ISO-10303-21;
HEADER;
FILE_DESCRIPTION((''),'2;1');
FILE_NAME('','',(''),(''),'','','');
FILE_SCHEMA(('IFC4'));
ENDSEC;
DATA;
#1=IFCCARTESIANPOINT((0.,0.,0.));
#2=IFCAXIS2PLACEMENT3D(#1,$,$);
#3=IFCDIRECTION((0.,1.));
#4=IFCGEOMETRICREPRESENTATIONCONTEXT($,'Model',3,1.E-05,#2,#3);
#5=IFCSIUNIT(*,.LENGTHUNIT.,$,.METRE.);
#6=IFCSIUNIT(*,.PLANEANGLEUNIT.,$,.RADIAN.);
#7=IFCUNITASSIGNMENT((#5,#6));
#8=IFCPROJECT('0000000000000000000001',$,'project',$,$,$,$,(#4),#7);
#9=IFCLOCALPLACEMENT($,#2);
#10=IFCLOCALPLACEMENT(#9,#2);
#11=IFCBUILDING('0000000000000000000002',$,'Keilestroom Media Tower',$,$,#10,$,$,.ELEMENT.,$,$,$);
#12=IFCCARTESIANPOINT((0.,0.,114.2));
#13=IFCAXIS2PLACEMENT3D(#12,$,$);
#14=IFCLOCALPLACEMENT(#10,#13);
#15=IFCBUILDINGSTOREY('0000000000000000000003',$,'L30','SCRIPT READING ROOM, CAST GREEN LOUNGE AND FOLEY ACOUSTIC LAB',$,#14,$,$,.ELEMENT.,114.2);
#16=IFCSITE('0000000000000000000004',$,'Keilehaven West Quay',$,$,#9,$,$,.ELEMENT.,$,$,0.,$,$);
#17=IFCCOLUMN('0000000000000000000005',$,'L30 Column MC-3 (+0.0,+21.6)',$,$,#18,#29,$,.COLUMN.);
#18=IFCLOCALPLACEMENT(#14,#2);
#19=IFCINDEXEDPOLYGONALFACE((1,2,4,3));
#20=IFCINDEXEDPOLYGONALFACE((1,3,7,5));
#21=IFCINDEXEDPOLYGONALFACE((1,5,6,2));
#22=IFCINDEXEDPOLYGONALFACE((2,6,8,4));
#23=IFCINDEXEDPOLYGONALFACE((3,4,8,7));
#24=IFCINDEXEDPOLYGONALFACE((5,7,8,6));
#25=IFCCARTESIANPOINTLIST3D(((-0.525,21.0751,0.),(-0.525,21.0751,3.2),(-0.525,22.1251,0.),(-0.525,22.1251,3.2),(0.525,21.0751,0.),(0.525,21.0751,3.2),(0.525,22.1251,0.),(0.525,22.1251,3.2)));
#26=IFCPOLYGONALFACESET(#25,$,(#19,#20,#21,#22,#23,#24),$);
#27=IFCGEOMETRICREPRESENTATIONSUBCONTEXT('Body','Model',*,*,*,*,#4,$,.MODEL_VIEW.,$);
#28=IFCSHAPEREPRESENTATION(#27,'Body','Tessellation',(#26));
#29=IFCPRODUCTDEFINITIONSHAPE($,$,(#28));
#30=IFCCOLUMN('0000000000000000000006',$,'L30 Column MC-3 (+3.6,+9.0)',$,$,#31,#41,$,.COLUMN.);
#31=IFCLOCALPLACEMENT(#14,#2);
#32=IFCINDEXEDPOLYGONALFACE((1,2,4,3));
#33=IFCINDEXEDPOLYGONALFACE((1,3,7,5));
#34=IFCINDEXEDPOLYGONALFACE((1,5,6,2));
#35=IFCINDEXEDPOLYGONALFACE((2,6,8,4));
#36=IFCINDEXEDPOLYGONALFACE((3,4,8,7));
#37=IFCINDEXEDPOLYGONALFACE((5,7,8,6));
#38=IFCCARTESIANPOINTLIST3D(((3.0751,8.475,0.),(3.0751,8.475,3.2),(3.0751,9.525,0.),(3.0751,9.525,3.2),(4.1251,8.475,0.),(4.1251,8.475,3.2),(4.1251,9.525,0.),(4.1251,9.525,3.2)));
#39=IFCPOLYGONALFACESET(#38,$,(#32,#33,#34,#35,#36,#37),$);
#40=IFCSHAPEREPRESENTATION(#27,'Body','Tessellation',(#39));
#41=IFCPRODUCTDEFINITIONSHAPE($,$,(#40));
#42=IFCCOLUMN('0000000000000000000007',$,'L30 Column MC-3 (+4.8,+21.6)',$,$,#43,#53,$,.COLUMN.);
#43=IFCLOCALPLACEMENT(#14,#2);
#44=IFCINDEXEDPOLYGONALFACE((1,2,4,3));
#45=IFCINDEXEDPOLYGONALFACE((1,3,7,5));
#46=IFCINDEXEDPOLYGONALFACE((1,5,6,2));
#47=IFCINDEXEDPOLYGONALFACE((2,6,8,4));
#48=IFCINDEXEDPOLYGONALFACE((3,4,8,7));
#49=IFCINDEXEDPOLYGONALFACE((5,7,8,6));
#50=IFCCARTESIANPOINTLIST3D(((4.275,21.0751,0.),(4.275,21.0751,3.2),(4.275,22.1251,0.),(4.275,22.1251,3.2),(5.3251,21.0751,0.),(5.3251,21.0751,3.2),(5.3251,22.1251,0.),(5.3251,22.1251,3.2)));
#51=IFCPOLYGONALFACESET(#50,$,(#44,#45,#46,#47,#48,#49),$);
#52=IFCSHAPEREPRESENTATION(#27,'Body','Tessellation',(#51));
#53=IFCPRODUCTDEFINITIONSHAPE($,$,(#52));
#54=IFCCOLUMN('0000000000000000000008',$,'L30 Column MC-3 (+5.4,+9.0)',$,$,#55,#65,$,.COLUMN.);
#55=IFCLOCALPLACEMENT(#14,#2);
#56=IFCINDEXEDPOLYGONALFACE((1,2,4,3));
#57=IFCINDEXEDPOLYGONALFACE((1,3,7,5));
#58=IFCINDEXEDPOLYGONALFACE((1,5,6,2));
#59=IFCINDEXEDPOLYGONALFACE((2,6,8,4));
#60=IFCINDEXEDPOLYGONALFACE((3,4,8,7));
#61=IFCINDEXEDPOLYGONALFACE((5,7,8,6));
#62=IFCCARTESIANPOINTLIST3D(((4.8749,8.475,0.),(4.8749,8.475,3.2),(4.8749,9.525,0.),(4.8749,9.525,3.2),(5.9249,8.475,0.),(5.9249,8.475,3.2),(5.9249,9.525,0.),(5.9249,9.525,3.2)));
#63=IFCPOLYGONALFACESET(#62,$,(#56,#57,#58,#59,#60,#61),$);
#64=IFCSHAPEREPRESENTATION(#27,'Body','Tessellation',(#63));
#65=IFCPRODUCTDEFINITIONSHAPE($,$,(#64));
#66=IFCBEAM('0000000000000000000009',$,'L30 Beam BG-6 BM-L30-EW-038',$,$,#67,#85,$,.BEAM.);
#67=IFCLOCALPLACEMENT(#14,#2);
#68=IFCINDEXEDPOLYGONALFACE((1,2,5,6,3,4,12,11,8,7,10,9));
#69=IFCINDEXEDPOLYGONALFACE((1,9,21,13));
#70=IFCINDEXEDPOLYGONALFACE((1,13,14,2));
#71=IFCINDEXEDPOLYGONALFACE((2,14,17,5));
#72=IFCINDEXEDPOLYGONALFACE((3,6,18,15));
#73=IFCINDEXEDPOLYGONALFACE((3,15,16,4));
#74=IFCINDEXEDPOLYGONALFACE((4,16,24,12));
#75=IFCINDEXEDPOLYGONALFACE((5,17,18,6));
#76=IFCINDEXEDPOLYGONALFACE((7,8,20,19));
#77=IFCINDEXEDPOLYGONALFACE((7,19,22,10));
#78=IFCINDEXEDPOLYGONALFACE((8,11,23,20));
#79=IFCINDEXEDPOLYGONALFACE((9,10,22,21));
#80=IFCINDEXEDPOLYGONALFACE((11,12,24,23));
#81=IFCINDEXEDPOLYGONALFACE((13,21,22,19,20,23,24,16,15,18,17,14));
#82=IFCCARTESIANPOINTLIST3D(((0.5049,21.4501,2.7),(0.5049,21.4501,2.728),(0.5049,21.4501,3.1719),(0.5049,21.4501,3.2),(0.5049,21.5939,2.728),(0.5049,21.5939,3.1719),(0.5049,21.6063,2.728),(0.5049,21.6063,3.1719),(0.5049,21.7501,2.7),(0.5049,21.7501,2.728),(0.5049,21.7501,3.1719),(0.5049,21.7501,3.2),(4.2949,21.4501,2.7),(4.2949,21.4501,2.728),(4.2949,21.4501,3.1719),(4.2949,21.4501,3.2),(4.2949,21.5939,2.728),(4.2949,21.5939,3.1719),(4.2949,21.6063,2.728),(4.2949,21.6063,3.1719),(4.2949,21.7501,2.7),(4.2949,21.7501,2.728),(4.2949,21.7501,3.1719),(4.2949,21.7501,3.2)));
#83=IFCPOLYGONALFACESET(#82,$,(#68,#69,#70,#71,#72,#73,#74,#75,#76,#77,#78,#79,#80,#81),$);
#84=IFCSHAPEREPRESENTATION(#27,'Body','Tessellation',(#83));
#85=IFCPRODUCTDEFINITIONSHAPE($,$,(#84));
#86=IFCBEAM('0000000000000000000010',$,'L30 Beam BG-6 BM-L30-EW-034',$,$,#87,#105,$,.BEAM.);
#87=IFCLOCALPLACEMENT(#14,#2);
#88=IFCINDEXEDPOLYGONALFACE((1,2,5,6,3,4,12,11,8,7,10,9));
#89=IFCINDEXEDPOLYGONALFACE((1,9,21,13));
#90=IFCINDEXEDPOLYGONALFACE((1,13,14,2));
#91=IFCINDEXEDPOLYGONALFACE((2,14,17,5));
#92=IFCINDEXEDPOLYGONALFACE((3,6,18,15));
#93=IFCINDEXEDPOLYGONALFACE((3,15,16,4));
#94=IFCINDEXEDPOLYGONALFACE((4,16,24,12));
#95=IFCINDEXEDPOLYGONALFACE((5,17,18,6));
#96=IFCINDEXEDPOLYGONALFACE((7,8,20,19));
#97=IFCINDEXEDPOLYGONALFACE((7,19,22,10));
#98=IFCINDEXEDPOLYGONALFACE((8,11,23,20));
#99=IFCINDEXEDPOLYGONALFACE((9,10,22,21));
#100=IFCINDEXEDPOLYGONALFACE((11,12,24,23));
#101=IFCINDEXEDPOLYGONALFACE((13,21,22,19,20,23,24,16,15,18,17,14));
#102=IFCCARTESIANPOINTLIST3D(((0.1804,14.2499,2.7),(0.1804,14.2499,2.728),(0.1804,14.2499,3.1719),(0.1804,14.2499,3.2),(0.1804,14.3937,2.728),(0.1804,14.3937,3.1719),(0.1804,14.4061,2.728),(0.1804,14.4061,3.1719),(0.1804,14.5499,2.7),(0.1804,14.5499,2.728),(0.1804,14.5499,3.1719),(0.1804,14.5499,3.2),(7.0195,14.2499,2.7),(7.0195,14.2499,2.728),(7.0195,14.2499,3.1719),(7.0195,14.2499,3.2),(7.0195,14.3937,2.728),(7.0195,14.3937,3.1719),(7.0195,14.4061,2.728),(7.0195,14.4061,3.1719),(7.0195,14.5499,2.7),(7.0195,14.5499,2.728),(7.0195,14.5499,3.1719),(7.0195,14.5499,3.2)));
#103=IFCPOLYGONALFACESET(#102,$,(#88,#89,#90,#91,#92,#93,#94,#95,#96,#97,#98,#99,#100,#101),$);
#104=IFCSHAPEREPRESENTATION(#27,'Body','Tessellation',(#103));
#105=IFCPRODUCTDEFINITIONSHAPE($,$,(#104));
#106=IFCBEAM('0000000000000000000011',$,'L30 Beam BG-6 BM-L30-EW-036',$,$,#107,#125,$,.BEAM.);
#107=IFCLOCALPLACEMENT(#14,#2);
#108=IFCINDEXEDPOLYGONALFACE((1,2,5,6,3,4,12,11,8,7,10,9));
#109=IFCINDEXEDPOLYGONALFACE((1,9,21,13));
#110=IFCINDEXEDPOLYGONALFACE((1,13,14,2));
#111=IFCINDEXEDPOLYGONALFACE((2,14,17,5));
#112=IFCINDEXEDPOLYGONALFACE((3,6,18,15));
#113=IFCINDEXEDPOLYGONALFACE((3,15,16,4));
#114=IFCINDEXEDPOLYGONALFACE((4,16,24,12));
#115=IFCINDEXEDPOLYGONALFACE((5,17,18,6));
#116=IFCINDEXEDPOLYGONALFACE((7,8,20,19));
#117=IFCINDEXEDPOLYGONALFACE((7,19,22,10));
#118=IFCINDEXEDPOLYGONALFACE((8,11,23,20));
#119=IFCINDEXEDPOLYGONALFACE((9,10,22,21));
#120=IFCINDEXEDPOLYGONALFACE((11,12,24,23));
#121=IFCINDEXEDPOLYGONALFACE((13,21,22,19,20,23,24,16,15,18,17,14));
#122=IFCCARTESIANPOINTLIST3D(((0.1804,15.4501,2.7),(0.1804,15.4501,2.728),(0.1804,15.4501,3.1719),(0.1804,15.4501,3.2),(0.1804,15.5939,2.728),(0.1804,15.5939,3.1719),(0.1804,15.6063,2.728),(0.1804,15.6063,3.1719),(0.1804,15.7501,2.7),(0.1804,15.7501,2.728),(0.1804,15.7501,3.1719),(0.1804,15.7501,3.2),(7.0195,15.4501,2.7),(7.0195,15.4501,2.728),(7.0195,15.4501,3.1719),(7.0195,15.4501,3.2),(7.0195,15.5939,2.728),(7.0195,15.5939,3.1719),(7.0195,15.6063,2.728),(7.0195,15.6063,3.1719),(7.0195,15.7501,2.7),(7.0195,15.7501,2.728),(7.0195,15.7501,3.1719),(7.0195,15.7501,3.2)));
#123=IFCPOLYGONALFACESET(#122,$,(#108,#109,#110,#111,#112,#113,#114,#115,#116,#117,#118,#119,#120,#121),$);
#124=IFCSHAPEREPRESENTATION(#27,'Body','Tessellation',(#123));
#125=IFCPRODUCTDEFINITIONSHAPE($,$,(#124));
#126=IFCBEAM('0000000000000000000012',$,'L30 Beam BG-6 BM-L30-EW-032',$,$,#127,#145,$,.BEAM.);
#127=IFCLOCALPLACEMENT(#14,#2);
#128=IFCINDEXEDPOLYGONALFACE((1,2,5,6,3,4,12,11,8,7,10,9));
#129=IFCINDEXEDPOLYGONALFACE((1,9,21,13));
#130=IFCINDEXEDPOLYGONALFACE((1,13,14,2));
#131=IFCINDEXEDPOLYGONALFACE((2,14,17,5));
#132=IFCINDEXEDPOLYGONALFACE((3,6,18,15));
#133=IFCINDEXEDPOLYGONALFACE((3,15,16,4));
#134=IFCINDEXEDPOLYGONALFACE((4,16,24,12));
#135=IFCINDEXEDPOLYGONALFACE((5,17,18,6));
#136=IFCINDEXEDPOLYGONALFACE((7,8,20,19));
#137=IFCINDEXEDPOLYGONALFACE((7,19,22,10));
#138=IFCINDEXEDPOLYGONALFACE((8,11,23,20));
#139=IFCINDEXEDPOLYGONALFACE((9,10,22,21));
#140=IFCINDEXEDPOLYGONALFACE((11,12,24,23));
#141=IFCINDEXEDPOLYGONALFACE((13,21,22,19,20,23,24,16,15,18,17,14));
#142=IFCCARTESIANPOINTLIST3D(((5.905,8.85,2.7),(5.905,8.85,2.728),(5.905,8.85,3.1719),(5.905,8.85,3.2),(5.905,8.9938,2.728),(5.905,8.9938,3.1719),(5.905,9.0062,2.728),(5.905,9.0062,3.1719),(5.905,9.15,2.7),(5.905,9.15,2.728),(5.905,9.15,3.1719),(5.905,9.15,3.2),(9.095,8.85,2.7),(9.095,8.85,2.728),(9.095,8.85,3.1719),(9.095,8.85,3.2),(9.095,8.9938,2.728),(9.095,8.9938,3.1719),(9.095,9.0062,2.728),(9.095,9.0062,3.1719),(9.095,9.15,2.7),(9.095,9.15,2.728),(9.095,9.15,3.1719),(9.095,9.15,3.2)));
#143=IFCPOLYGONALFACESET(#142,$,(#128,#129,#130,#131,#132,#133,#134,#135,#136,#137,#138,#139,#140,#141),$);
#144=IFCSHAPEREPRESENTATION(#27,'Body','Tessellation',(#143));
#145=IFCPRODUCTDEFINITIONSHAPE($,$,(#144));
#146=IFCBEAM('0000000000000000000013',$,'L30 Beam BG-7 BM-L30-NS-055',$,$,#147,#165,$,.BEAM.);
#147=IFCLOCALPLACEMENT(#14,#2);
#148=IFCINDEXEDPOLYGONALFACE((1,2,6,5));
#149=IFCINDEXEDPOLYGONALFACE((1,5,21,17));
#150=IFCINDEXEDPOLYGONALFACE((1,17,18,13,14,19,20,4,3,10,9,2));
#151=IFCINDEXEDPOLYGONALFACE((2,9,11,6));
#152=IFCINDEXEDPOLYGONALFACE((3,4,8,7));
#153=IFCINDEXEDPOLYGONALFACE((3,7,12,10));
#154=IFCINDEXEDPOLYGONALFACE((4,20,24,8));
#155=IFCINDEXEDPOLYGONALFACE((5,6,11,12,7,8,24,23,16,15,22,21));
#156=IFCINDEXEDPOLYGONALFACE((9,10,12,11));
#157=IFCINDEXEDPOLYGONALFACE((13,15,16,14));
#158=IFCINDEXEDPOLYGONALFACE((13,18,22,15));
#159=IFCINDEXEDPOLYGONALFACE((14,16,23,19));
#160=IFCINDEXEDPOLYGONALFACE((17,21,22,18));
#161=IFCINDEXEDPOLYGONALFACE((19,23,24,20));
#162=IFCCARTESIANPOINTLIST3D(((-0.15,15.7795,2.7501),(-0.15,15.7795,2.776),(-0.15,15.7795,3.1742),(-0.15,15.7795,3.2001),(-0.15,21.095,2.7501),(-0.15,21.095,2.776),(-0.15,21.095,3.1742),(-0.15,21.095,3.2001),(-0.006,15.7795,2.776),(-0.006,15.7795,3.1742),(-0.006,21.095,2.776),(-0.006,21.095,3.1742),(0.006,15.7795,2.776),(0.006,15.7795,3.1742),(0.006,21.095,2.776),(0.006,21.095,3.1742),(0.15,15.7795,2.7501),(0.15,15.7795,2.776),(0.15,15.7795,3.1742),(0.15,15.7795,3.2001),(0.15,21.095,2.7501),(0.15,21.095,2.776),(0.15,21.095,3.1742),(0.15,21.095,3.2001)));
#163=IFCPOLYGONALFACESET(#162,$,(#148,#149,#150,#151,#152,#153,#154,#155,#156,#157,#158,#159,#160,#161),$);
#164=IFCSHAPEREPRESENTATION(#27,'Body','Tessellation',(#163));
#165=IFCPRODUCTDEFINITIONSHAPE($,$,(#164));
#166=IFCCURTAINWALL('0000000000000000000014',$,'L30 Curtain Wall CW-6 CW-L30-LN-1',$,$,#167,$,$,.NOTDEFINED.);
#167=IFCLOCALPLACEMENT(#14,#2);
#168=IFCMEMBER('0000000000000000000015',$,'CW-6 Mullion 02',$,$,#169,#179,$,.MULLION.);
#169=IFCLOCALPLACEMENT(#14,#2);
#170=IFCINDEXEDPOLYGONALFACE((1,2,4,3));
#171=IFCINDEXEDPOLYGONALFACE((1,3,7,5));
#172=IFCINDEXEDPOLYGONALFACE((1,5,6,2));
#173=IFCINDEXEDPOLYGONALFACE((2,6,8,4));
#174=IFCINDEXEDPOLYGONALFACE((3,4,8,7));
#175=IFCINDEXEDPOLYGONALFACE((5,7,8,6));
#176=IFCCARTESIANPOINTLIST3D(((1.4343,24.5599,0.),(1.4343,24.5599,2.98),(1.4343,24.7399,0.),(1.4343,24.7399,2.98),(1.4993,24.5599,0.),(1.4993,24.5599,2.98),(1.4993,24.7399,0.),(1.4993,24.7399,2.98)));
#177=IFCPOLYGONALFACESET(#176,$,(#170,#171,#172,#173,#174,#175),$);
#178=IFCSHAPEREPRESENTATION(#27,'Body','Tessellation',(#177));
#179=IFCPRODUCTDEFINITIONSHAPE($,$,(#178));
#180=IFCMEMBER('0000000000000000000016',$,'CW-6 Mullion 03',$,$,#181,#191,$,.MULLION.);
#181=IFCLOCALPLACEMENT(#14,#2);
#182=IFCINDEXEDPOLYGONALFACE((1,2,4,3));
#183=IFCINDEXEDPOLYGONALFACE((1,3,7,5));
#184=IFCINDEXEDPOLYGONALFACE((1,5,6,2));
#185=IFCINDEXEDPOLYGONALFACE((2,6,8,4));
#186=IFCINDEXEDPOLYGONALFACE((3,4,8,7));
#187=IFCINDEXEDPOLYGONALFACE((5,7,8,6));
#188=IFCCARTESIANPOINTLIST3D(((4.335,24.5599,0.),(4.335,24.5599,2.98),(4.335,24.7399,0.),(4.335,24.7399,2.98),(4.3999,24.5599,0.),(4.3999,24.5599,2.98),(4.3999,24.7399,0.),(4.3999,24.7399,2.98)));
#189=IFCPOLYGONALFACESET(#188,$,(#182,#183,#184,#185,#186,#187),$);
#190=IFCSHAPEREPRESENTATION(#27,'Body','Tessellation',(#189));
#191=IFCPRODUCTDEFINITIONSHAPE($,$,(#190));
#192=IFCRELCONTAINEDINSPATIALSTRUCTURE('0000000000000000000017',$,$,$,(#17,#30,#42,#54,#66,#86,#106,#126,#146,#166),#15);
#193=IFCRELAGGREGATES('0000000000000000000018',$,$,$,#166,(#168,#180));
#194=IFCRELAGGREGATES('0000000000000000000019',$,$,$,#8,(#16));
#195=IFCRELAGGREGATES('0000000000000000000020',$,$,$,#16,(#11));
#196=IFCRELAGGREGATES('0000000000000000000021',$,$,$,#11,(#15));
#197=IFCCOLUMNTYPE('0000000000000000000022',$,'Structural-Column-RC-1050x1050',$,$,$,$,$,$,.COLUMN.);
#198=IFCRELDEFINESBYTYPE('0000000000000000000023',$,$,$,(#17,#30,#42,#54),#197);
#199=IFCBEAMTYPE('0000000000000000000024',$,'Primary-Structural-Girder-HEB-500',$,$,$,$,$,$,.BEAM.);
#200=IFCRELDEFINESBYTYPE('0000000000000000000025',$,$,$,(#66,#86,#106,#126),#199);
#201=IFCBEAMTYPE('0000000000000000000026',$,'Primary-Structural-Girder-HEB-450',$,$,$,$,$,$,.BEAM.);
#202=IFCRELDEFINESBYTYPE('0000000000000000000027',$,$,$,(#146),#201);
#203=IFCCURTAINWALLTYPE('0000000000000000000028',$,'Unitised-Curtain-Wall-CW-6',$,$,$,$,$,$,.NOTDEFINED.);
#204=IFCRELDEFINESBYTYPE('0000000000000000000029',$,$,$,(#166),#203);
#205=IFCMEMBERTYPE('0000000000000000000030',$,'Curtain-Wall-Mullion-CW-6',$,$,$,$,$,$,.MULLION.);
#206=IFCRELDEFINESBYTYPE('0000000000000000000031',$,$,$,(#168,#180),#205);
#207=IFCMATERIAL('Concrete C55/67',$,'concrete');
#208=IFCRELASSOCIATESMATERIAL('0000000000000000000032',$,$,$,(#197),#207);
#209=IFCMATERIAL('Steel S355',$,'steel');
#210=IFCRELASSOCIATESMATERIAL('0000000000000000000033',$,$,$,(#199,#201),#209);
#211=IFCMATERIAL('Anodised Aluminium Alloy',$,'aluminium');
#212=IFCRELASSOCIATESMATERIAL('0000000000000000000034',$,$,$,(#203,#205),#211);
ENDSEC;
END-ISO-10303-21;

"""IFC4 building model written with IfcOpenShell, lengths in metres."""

from ifc_helpers import new_model, si_unit, direction, frame, origin, origin_2d, place, context, subcontext, project, spatial, rectangle, i_section, extrude, source, transform, mapped, material, material_profile, profile_set, type_object, element, aggregate, save


model = new_model("IFC4")

# Units and contexts
model_context = context("Model", 3, precision=1e-05, world=origin(), true_north=direction((0.0, 1.0)))
body_context = subcontext(model_context, "Body", "Model", "MODEL_VIEW")
ifc_project = project(units=[si_unit("LENGTHUNIT", "METRE"), si_unit("PLANEANGLEUNIT", "RADIAN")], contexts=[model_context])

# Site, building, storey
site_placement = place(None, origin())
site = spatial("IfcSite", under=ifc_project, at=site_placement, Name="Keilehaven West Quay", CompositionType="ELEMENT", RefElevation=0.0)
building_placement = place(site_placement, origin())
building = spatial("IfcBuilding", under=site, at=building_placement, Name="Keilestroom Media Tower", CompositionType="ELEMENT")
storey_placement = place(building_placement, frame((0.0, 0.0, 114.2)))
storey = spatial("IfcBuildingStorey", under=building, at=storey_placement, Name="L30", Description="SCRIPT READING ROOM, CAST GREEN LOUNGE AND FOLEY ACOUSTIC LAB", CompositionType="ELEMENT", Elevation=114.2)

# Columns
ifc_material_1 = material(Name="Concrete C55/67", Category="concrete")
ifc_material_profile_1 = material_profile(ifc_material_1, rectangle(XDim=1.05, YDim=1.05, at=origin_2d()), Name="RC 1050x1050")
ifc_profile_set_1 = profile_set([ifc_material_profile_1], Name="Concrete C55/67")
column_type = type_object("IfcColumnType", Name="Structural-Column-RC-1050x1050", PredefinedType="COLUMN", material=ifc_profile_set_1)
shared_shape_1 = source(origin(), body_context, "Body", "SweptSolid", [
    extrude(rectangle(XDim=1.05, YDim=1.05, at=origin_2d()), origin(), (0.0, 0.0, 1.0), 3.2),
])
for number, where, z_axis, x_axis, name in (
    (1, (0.0, 21.6001, 0.0), (0.0, 0.0, 1.0), (1.0, 0.0, 0.0), "L30 Column MC-3 (+0.0,+21.6)"),
    (2, (3.6001, 9.0, 0.0), (0.0, 0.0, 1.0), (1.0, 0.0, 0.0), "L30 Column MC-3 (+3.6,+9.0)"),
    (3, (4.8, 21.6001, 0.0), (0.0, 0.0, 1.0), (1.0, 0.0, 0.0), "L30 Column MC-3 (+4.8,+21.6)"),
    (4, (5.3999, 9.0, 0.0), (0.0, 0.0, 1.0), (1.0, 0.0, 0.0), "L30 Column MC-3 (+5.4,+9.0)"),
):
    element("IfcColumn", number, at=place(storey_placement, frame(where, z_axis=z_axis, x_axis=x_axis)), inside=storey, type_object=column_type, Name=name, PredefinedType="COLUMN", context=body_context, shape_type="MappedRepresentation", body=[
        mapped(shared_shape_1, transform((0.0, 0.0, 0.0), x_axis=(1.0, 0.0, 0.0), y_axis=(0.0, 1.0, 0.0), z_axis=(0.0, 0.0, 1.0), scale=1.0)),
    ])

# Beams
ifc_material_2 = material(Name="Steel S355", Category="steel")
ifc_material_profile_2 = material_profile(ifc_material_2, i_section(OverallWidth=0.3, OverallDepth=0.5, WebThickness=0.0125, FlangeThickness=0.0281, at=origin_2d()), Name="HEB 500")
ifc_profile_set_2 = profile_set([ifc_material_profile_2], Name="Steel S355")
beam_type_1 = type_object("IfcBeamType", Name="Primary-Structural-Girder-HEB-500", PredefinedType="BEAM", material=ifc_profile_set_2)
shared_shape_2 = source(origin(), body_context, "Body", "SweptSolid", [
    extrude(i_section(OverallWidth=0.3, OverallDepth=0.5, WebThickness=0.0125, FlangeThickness=0.0281, at=origin_2d()), origin(), (0.0, 0.0, 1.0), 3.79),
])
beam_1_placement = place(storey_placement, frame((0.5049, 21.6001, 2.95), z_axis=(1.0, 0.0, 0.0), x_axis=(0.0, 1.0, 0.0)))
element("IfcBeam", 5, at=beam_1_placement, inside=storey, type_object=beam_type_1, Name="L30 Beam BG-6 BM-L30-EW-038", PredefinedType="BEAM", context=body_context, shape_type="MappedRepresentation", body=[
    mapped(shared_shape_2, transform((0.0, 0.0, 0.0), x_axis=(1.0, 0.0, 0.0), y_axis=(0.0, 1.0, 0.0), z_axis=(0.0, 0.0, 1.0), scale=1.0)),
])
shared_shape_3 = source(origin(), body_context, "Body", "SweptSolid", [
    extrude(i_section(OverallWidth=0.3, OverallDepth=0.5, WebThickness=0.0125, FlangeThickness=0.0281, at=origin_2d()), origin(), (0.0, 0.0, 1.0), 6.8391),
])
for number, where, z_axis, x_axis, name in (
    (6, (0.1804, 14.3999, 2.95), (1.0, 0.0, 0.0), (0.0, 1.0, 0.0), "L30 Beam BG-6 BM-L30-EW-034"),
    (7, (0.1804, 15.6001, 2.95), (1.0, 0.0, 0.0), (0.0, 1.0, 0.0), "L30 Beam BG-6 BM-L30-EW-036"),
):
    element("IfcBeam", number, at=place(storey_placement, frame(where, z_axis=z_axis, x_axis=x_axis)), inside=storey, type_object=beam_type_1, Name=name, PredefinedType="BEAM", context=body_context, shape_type="MappedRepresentation", body=[
        mapped(shared_shape_3, transform((0.0, 0.0, 0.0), x_axis=(1.0, 0.0, 0.0), y_axis=(0.0, 1.0, 0.0), z_axis=(0.0, 0.0, 1.0), scale=1.0)),
    ])
shared_shape_4 = source(origin(), body_context, "Body", "SweptSolid", [
    extrude(i_section(OverallWidth=0.3, OverallDepth=0.5, WebThickness=0.0125, FlangeThickness=0.0281, at=origin_2d()), origin(), (0.0, 0.0, 1.0), 3.1899),
])
beam_2_placement = place(storey_placement, frame((5.905, 9.0, 2.95), z_axis=(1.0, 0.0, 0.0), x_axis=(0.0, 1.0, 0.0)))
element("IfcBeam", 8, at=beam_2_placement, inside=storey, type_object=beam_type_1, Name="L30 Beam BG-6 BM-L30-EW-032", PredefinedType="BEAM", context=body_context, shape_type="MappedRepresentation", body=[
    mapped(shared_shape_4, transform((0.0, 0.0, 0.0), x_axis=(1.0, 0.0, 0.0), y_axis=(0.0, 1.0, 0.0), z_axis=(0.0, 0.0, 1.0), scale=1.0)),
])
ifc_material_profile_3 = material_profile(ifc_material_2, i_section(OverallWidth=0.3, OverallDepth=0.45, WebThickness=0.012, FlangeThickness=0.0259, at=origin_2d()), Name="HEB 450")
ifc_profile_set_3 = profile_set([ifc_material_profile_3], Name="Steel S355")
beam_type_2 = type_object("IfcBeamType", Name="Primary-Structural-Girder-HEB-450", PredefinedType="BEAM", material=ifc_profile_set_3)
shared_shape_5 = source(origin(), body_context, "Body", "SweptSolid", [
    extrude(i_section(OverallWidth=0.3, OverallDepth=0.45, WebThickness=0.012, FlangeThickness=0.0259, at=origin_2d()), origin(), (0.0, 0.0, 1.0), 5.3154),
])
beam_3_placement = place(storey_placement, frame((0.0, 15.7795, 2.9751), z_axis=(0.0, 1.0, 0.0), x_axis=(-1.0, 0.0, 0.0)))
element("IfcBeam", 9, at=beam_3_placement, inside=storey, type_object=beam_type_2, Name="L30 Beam BG-7 BM-L30-NS-055", PredefinedType="BEAM", context=body_context, shape_type="MappedRepresentation", body=[
    mapped(shared_shape_5, transform((0.0, 0.0, 0.0), x_axis=(1.0, 0.0, 0.0), y_axis=(0.0, 1.0, 0.0), z_axis=(0.0, 0.0, 1.0), scale=1.0)),
])

# Curtain wall, members
ifc_material_3 = material(Name="Anodised Aluminium Alloy", Category="aluminium")
curtain_wall_type = type_object("IfcCurtainWallType", Name="Unitised-Curtain-Wall-CW-6", PredefinedType="NOTDEFINED", material=ifc_material_3)
curtain_wall_placement = place(storey_placement, origin())
curtain_wall = element("IfcCurtainWall", 10, at=curtain_wall_placement, inside=storey, type_object=curtain_wall_type, Name="L30 Curtain Wall CW-6 CW-L30-LN-1", PredefinedType="NOTDEFINED")
ifc_material_profile_4 = material_profile(ifc_material_3, rectangle(XDim=0.0649, YDim=0.1799, at=origin_2d()), Name="ALU MULLION 65x180")
ifc_profile_set_4 = profile_set([ifc_material_profile_4], Name="Anodised Aluminium Alloy")
member_type_1 = type_object("IfcMemberType", Name="Curtain-Wall-Mullion-CW-6", PredefinedType="MULLION", material=ifc_profile_set_4)
shared_shape_6 = source(origin(), body_context, "Body", "SweptSolid", [
    extrude(rectangle(XDim=0.0649, YDim=0.1799, at=origin_2d()), origin(), (0.0, 0.0, 1.0), 2.98),
])
member_1_placement = place(storey_placement, frame((1.4668, 24.6499, 0.0), z_axis=(0.0, 0.0, 1.0), x_axis=(1.0, 0.0, 0.0)))
member_1 = element("IfcMember", 11, at=member_1_placement, type_object=member_type_1, Name="CW-6 Mullion 02", PredefinedType="MULLION", context=body_context, shape_type="MappedRepresentation", body=[
    mapped(shared_shape_6, transform((0.0, 0.0, 0.0), x_axis=(1.0, 0.0, 0.0), y_axis=(0.0, 1.0, 0.0), z_axis=(0.0, 0.0, 1.0), scale=1.0)),
])
member_2_placement = place(storey_placement, frame((4.3674, 24.6499, 0.0), z_axis=(0.0, 0.0, 1.0), x_axis=(1.0, 0.0, 0.0)))
member_2 = element("IfcMember", 12, at=member_2_placement, type_object=member_type_1, Name="CW-6 Mullion 03", PredefinedType="MULLION", context=body_context, shape_type="MappedRepresentation", body=[
    mapped(shared_shape_6, transform((0.0, 0.0, 0.0), x_axis=(1.0, 0.0, 0.0), y_axis=(0.0, 1.0, 0.0), z_axis=(0.0, 0.0, 1.0), scale=1.0)),
])
aggregate(curtain_wall, [member_1, member_2])

save(model, "model.ifc")
